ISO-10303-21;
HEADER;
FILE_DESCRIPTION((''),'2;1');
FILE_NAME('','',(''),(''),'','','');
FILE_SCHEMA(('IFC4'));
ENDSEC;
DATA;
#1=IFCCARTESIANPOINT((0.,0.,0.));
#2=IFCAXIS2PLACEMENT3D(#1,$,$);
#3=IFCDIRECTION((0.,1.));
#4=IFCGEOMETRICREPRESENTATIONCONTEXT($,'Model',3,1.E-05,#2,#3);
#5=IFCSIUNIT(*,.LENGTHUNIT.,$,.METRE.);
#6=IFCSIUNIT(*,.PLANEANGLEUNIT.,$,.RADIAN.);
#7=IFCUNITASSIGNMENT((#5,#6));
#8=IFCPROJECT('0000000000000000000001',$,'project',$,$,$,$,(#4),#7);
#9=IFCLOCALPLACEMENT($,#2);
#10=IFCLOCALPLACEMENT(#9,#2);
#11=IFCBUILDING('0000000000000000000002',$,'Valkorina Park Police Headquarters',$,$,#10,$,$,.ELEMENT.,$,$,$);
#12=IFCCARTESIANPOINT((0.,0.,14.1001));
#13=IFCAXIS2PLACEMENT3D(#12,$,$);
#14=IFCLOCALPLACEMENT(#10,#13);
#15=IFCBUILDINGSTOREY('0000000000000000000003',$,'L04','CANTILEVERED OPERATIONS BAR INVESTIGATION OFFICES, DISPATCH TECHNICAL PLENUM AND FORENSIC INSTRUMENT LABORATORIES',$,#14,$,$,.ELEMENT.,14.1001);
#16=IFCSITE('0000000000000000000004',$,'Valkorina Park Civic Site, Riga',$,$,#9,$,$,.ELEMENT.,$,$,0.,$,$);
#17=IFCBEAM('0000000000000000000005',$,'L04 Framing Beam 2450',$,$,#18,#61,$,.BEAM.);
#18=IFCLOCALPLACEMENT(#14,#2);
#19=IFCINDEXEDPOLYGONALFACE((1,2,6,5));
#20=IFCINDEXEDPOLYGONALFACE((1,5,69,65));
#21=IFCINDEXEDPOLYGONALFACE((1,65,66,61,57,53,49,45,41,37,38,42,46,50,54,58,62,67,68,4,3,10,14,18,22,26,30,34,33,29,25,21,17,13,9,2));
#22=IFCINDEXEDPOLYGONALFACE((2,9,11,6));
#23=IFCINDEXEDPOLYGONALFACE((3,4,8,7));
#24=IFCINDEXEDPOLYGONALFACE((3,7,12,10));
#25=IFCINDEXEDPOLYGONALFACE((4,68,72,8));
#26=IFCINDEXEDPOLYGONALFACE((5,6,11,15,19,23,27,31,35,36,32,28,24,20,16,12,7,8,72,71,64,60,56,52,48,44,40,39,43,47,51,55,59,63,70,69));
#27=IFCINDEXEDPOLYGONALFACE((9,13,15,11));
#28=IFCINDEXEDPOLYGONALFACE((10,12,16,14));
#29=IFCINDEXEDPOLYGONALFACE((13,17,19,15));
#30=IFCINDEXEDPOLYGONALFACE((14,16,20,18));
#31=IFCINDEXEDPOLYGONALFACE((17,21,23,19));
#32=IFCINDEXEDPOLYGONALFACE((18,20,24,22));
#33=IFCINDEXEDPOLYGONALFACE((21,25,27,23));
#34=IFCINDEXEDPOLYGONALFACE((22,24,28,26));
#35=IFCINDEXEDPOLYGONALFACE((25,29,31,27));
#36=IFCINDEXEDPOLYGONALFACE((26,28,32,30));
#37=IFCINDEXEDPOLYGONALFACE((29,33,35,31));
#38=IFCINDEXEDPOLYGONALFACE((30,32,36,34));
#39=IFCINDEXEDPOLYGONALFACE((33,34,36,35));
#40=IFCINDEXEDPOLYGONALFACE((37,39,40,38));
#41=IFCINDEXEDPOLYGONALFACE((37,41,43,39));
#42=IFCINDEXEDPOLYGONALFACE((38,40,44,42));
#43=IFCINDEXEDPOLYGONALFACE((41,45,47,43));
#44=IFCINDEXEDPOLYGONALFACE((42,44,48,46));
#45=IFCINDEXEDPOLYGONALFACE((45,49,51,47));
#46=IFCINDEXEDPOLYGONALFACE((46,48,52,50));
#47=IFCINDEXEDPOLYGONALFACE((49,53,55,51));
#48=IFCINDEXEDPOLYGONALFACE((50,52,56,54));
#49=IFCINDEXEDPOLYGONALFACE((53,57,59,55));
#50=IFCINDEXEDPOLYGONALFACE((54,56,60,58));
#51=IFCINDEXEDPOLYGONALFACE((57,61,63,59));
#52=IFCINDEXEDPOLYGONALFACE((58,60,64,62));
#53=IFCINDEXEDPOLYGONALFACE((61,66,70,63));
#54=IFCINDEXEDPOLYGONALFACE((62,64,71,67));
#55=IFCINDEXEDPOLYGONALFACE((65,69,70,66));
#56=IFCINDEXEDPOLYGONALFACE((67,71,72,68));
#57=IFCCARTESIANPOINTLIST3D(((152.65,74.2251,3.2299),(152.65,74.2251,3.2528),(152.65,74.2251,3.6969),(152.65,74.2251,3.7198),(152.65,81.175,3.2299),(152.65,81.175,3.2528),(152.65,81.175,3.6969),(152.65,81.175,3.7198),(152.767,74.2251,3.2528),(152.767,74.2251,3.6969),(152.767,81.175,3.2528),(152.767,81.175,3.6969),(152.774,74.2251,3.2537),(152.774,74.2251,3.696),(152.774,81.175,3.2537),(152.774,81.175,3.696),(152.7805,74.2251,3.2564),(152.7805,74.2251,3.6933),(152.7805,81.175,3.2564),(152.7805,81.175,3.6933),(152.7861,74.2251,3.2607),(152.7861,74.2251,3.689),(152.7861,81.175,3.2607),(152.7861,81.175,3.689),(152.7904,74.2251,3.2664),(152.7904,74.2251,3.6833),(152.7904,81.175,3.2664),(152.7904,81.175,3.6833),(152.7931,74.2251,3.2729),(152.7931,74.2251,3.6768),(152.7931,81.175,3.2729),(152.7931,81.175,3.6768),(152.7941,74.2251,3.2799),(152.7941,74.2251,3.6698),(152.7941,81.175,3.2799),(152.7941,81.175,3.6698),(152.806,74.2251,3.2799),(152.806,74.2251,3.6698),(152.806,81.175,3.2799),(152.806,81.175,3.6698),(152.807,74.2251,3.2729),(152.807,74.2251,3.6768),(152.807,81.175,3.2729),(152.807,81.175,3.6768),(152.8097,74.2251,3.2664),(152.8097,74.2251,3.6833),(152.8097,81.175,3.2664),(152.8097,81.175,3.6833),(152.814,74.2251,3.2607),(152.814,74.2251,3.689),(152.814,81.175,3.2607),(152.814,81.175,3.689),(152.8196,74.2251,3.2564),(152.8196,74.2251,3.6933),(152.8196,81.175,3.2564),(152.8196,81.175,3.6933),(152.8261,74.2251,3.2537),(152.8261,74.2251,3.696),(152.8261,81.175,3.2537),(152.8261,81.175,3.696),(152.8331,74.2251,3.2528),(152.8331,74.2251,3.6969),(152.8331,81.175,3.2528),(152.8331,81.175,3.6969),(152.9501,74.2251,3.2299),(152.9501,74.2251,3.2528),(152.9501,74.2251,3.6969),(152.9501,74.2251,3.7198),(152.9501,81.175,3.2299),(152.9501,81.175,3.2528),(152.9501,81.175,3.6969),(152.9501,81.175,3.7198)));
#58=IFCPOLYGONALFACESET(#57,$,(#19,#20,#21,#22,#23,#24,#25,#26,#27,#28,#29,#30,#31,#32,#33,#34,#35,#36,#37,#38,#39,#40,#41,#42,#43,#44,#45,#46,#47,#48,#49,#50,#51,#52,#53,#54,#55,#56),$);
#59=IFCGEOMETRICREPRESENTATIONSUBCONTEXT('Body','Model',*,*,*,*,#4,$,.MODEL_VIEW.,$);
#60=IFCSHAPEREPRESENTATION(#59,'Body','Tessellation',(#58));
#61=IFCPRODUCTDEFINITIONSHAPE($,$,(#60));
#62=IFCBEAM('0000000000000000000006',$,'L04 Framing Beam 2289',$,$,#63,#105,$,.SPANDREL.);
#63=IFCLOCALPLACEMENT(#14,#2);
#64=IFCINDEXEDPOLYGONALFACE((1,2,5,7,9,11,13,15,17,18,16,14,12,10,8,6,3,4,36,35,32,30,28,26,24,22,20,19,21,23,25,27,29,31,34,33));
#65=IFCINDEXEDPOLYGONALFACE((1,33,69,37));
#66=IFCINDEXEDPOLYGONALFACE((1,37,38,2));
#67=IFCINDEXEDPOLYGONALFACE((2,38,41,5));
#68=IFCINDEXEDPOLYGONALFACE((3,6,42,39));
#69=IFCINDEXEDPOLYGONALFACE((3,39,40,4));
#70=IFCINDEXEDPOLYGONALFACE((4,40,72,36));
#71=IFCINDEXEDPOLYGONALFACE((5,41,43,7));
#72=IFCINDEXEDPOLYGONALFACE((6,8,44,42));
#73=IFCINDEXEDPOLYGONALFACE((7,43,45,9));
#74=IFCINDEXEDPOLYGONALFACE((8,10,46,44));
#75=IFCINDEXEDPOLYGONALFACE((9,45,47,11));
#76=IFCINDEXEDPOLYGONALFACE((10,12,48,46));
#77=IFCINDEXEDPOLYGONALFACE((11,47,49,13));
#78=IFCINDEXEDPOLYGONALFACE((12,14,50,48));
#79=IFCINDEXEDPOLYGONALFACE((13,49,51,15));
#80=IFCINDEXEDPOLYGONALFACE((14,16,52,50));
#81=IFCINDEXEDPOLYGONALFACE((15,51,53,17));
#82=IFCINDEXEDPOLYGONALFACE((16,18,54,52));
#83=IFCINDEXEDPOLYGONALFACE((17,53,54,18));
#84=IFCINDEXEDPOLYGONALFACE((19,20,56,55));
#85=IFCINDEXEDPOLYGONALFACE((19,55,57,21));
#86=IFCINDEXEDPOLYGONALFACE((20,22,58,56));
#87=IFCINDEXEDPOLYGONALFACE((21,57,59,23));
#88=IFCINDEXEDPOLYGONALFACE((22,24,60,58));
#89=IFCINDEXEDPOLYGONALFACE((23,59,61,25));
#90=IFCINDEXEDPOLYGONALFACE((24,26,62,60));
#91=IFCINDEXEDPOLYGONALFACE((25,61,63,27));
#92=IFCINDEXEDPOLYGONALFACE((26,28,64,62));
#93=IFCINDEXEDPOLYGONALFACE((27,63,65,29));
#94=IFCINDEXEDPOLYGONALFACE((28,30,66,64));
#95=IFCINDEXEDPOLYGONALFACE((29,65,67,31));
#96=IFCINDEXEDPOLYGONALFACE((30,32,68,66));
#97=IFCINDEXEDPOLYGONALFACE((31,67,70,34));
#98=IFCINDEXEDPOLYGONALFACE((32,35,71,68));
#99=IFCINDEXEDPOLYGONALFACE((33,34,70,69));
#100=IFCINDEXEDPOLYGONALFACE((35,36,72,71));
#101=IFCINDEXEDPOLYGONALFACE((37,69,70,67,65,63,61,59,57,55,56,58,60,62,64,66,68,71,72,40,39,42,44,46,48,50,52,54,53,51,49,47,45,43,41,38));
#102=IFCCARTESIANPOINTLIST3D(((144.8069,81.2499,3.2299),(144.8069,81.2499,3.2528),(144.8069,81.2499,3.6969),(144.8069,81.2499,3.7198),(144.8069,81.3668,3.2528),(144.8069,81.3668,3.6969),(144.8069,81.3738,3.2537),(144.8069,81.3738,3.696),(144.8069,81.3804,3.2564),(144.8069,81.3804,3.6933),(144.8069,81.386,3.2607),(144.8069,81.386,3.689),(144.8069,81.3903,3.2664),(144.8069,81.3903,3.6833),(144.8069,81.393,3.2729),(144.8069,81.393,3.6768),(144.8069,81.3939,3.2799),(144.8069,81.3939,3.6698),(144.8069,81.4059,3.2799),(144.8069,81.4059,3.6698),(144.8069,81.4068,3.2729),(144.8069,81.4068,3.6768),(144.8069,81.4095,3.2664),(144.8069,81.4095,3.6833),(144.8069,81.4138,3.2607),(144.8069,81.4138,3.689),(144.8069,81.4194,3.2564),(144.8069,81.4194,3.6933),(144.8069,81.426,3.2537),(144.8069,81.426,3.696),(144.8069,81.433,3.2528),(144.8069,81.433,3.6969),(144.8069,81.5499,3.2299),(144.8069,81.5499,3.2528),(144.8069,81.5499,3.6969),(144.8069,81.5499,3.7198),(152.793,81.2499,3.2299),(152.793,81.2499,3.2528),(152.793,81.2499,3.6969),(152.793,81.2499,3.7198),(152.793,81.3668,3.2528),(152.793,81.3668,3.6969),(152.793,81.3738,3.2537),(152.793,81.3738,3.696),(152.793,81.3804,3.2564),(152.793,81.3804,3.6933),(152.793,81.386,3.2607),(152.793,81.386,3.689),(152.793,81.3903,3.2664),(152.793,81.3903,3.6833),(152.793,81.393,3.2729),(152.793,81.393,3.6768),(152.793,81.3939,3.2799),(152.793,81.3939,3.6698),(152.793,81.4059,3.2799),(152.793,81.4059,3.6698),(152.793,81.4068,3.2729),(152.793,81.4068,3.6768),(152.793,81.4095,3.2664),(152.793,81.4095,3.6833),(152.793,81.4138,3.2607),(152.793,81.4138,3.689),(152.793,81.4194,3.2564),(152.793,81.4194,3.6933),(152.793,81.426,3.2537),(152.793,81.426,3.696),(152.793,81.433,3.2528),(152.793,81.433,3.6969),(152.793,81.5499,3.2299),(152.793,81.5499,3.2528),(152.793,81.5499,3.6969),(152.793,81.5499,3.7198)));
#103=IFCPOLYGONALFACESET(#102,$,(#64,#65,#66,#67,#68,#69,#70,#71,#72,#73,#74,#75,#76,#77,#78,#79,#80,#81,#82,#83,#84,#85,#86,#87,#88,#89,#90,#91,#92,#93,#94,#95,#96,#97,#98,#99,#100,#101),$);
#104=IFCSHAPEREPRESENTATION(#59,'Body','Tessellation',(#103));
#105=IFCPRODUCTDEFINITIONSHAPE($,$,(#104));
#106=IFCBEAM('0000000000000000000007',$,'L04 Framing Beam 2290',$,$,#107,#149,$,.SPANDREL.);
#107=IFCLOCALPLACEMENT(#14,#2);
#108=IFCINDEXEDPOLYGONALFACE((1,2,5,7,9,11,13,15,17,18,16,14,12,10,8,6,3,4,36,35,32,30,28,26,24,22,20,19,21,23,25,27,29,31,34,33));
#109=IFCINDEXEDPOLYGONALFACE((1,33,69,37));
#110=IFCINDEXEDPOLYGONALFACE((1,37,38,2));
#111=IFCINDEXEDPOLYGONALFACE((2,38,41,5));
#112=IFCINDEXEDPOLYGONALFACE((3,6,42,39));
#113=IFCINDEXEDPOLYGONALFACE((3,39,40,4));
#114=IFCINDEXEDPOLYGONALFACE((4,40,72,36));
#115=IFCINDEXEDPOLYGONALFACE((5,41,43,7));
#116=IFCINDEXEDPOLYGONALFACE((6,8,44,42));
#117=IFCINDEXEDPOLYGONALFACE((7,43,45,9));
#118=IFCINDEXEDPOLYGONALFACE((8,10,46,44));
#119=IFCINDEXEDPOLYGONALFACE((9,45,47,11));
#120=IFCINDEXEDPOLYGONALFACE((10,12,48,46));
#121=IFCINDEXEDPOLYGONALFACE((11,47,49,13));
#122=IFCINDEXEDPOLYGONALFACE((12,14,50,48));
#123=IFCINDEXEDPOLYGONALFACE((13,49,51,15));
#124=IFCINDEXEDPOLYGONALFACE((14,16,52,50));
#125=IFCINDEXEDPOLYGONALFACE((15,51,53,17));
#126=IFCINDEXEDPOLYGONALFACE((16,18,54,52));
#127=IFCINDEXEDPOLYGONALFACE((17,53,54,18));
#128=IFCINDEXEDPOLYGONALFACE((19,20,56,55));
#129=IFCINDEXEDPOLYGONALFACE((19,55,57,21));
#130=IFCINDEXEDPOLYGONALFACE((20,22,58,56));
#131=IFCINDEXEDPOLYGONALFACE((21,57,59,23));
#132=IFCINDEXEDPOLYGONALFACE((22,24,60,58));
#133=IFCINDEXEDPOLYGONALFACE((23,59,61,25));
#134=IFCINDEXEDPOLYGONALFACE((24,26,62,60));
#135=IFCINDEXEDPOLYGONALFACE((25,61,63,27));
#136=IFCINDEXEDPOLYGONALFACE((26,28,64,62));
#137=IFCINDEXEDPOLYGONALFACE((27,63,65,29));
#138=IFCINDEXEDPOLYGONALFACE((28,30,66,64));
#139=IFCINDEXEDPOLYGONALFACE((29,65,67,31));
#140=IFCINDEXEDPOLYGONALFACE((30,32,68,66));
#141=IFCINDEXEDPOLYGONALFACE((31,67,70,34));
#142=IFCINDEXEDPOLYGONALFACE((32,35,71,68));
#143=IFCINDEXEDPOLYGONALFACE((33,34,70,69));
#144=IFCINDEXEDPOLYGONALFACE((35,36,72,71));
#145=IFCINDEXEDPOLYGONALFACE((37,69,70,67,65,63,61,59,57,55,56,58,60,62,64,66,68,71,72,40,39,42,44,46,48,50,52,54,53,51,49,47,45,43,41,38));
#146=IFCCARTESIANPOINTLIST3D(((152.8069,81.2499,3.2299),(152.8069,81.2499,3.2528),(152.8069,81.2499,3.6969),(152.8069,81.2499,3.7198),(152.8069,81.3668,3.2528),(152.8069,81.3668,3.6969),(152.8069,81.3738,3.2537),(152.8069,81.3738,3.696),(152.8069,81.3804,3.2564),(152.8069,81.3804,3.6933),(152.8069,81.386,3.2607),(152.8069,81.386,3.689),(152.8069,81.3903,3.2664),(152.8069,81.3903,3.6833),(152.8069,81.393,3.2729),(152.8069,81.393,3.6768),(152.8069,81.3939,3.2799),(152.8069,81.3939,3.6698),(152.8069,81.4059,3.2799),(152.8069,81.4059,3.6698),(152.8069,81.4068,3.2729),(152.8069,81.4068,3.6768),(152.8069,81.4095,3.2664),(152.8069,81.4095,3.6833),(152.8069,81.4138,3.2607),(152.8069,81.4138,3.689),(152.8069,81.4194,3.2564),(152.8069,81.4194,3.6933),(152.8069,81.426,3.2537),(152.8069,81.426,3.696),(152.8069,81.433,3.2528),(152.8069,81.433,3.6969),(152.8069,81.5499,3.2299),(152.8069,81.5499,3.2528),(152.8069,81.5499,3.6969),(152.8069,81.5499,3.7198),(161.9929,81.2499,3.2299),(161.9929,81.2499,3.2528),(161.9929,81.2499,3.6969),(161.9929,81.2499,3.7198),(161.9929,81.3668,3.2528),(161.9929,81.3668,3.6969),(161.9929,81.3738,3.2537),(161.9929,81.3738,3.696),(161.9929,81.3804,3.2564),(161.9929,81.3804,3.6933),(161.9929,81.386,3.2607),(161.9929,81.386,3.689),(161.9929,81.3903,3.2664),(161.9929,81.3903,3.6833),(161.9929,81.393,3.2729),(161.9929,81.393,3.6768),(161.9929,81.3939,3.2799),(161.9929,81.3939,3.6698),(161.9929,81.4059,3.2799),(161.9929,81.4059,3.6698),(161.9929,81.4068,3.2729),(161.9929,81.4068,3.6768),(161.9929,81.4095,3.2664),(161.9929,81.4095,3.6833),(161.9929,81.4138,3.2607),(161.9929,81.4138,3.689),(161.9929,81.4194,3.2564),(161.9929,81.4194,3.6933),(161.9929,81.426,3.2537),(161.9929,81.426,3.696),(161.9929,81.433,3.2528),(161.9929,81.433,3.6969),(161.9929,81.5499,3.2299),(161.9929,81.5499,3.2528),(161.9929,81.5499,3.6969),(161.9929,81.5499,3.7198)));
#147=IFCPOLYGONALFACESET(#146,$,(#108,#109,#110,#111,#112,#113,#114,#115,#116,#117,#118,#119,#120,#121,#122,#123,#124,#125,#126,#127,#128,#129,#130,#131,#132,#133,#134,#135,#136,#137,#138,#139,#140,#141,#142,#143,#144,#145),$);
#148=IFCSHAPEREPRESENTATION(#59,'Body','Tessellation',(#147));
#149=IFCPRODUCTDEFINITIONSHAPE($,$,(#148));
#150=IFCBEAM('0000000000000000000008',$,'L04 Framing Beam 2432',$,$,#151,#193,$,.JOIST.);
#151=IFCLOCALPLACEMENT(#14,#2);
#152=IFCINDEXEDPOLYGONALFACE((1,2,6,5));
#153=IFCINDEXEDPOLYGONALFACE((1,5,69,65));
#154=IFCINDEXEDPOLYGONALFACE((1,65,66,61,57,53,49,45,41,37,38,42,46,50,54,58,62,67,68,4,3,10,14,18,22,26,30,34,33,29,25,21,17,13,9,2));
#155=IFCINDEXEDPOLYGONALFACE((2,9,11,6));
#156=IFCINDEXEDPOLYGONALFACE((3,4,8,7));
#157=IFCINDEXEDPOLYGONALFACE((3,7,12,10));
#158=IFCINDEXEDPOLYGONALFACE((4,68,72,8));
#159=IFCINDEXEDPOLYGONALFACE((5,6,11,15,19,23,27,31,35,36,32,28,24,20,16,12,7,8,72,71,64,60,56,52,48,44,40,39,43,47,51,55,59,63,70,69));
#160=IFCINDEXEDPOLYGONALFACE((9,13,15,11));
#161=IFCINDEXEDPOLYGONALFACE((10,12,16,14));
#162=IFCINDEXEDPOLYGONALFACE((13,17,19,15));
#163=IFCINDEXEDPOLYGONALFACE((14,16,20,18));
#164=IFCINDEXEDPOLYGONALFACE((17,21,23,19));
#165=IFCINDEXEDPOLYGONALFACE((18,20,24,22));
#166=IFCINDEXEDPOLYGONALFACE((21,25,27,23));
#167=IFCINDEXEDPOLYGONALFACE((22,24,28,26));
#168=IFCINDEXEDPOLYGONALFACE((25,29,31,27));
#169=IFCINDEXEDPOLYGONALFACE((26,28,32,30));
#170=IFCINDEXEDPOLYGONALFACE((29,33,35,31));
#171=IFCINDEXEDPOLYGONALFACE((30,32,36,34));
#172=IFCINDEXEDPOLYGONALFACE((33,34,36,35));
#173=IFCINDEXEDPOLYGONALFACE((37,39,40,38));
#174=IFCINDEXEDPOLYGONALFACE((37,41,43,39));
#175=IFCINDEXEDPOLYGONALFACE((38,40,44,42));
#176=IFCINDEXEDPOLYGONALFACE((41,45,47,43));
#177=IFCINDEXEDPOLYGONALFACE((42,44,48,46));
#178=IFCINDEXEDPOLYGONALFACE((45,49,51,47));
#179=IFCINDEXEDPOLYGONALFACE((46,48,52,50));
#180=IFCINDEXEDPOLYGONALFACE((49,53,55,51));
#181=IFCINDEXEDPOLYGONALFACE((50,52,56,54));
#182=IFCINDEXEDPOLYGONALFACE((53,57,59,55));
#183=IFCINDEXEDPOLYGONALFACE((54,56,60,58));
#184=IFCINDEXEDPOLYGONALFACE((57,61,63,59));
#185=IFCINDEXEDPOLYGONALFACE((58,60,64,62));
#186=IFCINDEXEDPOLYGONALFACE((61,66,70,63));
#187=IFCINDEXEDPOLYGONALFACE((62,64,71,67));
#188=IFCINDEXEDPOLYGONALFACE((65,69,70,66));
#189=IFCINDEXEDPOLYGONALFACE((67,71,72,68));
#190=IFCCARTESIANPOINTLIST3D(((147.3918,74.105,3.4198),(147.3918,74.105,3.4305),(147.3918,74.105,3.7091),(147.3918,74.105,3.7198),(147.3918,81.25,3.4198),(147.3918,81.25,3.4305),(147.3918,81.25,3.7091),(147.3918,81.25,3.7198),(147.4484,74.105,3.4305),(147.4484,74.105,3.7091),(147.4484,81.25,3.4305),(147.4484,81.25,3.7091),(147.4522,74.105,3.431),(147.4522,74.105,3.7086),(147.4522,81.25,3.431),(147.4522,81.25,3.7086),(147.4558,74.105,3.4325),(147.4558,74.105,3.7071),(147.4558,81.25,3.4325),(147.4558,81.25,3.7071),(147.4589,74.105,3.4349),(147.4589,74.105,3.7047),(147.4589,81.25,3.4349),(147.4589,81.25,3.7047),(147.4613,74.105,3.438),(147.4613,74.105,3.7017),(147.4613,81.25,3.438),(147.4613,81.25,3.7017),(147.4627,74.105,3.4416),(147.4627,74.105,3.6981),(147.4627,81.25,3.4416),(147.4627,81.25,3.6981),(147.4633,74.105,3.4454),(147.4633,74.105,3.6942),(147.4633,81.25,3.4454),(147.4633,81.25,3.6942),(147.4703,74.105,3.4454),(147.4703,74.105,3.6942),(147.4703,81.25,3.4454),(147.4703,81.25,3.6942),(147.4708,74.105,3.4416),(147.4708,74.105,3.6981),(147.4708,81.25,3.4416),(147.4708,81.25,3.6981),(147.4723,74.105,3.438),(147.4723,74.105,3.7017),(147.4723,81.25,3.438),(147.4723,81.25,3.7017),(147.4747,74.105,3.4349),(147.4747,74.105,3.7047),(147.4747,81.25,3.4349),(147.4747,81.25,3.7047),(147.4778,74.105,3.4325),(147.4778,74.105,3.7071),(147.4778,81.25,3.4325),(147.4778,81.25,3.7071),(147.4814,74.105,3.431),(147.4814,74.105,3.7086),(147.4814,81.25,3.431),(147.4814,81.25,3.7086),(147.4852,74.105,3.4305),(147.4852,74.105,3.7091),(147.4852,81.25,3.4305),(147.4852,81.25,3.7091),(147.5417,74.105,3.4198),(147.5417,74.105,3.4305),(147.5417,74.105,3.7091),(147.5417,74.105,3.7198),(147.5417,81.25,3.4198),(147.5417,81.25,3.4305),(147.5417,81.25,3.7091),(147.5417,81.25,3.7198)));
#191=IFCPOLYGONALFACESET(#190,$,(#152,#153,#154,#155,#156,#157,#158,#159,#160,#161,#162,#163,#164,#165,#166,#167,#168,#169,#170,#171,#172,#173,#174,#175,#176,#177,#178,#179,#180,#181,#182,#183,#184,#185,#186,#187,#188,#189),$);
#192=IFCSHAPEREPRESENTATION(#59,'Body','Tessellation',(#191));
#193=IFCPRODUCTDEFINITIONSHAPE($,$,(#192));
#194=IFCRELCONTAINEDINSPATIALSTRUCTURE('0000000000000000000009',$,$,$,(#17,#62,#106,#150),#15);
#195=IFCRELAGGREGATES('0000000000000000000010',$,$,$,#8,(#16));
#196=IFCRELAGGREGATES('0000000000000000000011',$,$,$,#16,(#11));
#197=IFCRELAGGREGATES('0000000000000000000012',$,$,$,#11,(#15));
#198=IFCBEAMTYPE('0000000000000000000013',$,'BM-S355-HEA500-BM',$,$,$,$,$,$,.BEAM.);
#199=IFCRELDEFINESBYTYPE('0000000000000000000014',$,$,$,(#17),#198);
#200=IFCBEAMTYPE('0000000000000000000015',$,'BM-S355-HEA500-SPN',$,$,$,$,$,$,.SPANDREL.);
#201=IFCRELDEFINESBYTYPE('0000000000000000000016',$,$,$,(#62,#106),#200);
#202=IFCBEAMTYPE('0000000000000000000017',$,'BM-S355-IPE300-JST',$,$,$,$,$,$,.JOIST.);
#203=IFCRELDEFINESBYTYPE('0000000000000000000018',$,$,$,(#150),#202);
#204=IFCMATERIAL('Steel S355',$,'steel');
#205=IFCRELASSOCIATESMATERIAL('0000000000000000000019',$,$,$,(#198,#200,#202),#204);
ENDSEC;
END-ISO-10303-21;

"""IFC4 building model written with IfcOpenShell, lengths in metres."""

from ifc_helpers import new_model, si_unit, direction, frame, origin, origin_2d, place, context, subcontext, project, spatial, i_section, extrude, material, material_profile, profile_set, type_object, element, save


model = new_model("IFC4")

# Units and contexts
model_context = context("Model", 3, precision=1e-05, world=origin(), true_north=direction((0.0, 1.0)))
body_context = subcontext(model_context, "Body", "Model", "MODEL_VIEW")
ifc_project = project(units=[si_unit("LENGTHUNIT", "METRE"), si_unit("PLANEANGLEUNIT", "RADIAN")], contexts=[model_context])

# Site, building, storey
site_placement = place(None, origin())
site = spatial("IfcSite", under=ifc_project, at=site_placement, Name="Valkorina Park Civic Site, Riga", CompositionType="ELEMENT", RefElevation=0.0)
building_placement = place(site_placement, origin())
building = spatial("IfcBuilding", under=site, at=building_placement, Name="Valkorina Park Police Headquarters", CompositionType="ELEMENT")
storey_placement = place(building_placement, frame((0.0, 0.0, 14.1001)))
storey = spatial("IfcBuildingStorey", under=building, at=storey_placement, Name="L04", Description="CANTILEVERED OPERATIONS BAR INVESTIGATION OFFICES, DISPATCH TECHNICAL PLENUM AND FORENSIC INSTRUMENT LABORATORIES", CompositionType="ELEMENT", Elevation=14.1001)

# Shared definitions
ifc_material_1 = material(Name="Steel S355", Category="steel")

# Beams
ifc_material_profile_1 = material_profile(ifc_material_1, i_section(OverallWidth=0.3, OverallDepth=0.49, WebThickness=0.012, FlangeThickness=0.0229, FilletRadius=0.0271, at=origin_2d()), Name="HEA 500")
ifc_profile_set_1 = profile_set([ifc_material_profile_1], Name="Steel S355")
beam_type_1 = type_object("IfcBeamType", Name="BM-S355-HEA500-BM", PredefinedType="BEAM", material=ifc_profile_set_1)
for number, where, z_axis, x_axis, name in (
    (1, (152.8, 74.2251, 3.4749), (0.0, 1.0, 0.0), (-1.0, 0.0, 0.0), "L04 Framing Beam 2450"),
):
    element("IfcBeam", number, at=place(storey_placement, frame(where, z_axis=z_axis, x_axis=x_axis)), inside=storey, type_object=beam_type_1, Name=name, PredefinedType="BEAM", context=body_context, shape_type="SweptSolid", body=[
        extrude(i_section(OverallWidth=0.3, OverallDepth=0.49, WebThickness=0.012, FlangeThickness=0.0229, FilletRadius=0.0271, at=origin_2d()), origin(), (0.0, 0.0, 1.0), 6.95),
    ])
ifc_material_profile_2 = material_profile(ifc_material_1, i_section(OverallWidth=0.3, OverallDepth=0.49, WebThickness=0.012, FlangeThickness=0.0229, FilletRadius=0.0271, at=origin_2d()), Name="HEA 500")
ifc_profile_set_2 = profile_set([ifc_material_profile_2], Name="Steel S355")
beam_type_2 = type_object("IfcBeamType", Name="BM-S355-HEA500-SPN", PredefinedType="SPANDREL", material=ifc_profile_set_2)
beam_1_placement = place(storey_placement, frame((144.8069, 81.3999, 3.4749), z_axis=(1.0, 0.0, 0.0), x_axis=(0.0, 1.0, 0.0)))
element("IfcBeam", 2, at=beam_1_placement, inside=storey, type_object=beam_type_2, Name="L04 Framing Beam 2289", PredefinedType="SPANDREL", context=body_context, shape_type="SweptSolid", body=[
    extrude(i_section(OverallWidth=0.3, OverallDepth=0.49, WebThickness=0.012, FlangeThickness=0.0229, FilletRadius=0.0271, at=origin_2d()), origin(), (0.0, 0.0, 1.0), 7.9861),
])
beam_2_placement = place(storey_placement, frame((152.8069, 81.3999, 3.4749), z_axis=(1.0, 0.0, 0.0), x_axis=(0.0, 1.0, 0.0)))
element("IfcBeam", 3, at=beam_2_placement, inside=storey, type_object=beam_type_2, Name="L04 Framing Beam 2290", PredefinedType="SPANDREL", context=body_context, shape_type="SweptSolid", body=[
    extrude(i_section(OverallWidth=0.3, OverallDepth=0.49, WebThickness=0.012, FlangeThickness=0.0229, FilletRadius=0.0271, at=origin_2d()), origin(), (0.0, 0.0, 1.0), 9.186),
])
ifc_material_profile_3 = material_profile(ifc_material_1, i_section(OverallWidth=0.1499, OverallDepth=0.3, WebThickness=0.0071, FlangeThickness=0.0107, FilletRadius=0.0149, at=origin_2d()), Name="IPE 300")
ifc_profile_set_3 = profile_set([ifc_material_profile_3], Name="Steel S355")
beam_type_3 = type_object("IfcBeamType", Name="BM-S355-IPE300-JST", PredefinedType="JOIST", material=ifc_profile_set_3)
for number, where, z_axis, x_axis, name in (
    (4, (147.4668, 74.105, 3.5698), (0.0, 1.0, 0.0), (-1.0, 0.0, 0.0), "L04 Framing Beam 2432"),
):
    element("IfcBeam", number, at=place(storey_placement, frame(where, z_axis=z_axis, x_axis=x_axis)), inside=storey, type_object=beam_type_3, Name=name, PredefinedType="JOIST", context=body_context, shape_type="SweptSolid", body=[
        extrude(i_section(OverallWidth=0.1499, OverallDepth=0.3, WebThickness=0.0071, FlangeThickness=0.0107, FilletRadius=0.0149, at=origin_2d()), origin(), (0.0, 0.0, 1.0), 7.145),
    ])

save(model, "model.ifc")
